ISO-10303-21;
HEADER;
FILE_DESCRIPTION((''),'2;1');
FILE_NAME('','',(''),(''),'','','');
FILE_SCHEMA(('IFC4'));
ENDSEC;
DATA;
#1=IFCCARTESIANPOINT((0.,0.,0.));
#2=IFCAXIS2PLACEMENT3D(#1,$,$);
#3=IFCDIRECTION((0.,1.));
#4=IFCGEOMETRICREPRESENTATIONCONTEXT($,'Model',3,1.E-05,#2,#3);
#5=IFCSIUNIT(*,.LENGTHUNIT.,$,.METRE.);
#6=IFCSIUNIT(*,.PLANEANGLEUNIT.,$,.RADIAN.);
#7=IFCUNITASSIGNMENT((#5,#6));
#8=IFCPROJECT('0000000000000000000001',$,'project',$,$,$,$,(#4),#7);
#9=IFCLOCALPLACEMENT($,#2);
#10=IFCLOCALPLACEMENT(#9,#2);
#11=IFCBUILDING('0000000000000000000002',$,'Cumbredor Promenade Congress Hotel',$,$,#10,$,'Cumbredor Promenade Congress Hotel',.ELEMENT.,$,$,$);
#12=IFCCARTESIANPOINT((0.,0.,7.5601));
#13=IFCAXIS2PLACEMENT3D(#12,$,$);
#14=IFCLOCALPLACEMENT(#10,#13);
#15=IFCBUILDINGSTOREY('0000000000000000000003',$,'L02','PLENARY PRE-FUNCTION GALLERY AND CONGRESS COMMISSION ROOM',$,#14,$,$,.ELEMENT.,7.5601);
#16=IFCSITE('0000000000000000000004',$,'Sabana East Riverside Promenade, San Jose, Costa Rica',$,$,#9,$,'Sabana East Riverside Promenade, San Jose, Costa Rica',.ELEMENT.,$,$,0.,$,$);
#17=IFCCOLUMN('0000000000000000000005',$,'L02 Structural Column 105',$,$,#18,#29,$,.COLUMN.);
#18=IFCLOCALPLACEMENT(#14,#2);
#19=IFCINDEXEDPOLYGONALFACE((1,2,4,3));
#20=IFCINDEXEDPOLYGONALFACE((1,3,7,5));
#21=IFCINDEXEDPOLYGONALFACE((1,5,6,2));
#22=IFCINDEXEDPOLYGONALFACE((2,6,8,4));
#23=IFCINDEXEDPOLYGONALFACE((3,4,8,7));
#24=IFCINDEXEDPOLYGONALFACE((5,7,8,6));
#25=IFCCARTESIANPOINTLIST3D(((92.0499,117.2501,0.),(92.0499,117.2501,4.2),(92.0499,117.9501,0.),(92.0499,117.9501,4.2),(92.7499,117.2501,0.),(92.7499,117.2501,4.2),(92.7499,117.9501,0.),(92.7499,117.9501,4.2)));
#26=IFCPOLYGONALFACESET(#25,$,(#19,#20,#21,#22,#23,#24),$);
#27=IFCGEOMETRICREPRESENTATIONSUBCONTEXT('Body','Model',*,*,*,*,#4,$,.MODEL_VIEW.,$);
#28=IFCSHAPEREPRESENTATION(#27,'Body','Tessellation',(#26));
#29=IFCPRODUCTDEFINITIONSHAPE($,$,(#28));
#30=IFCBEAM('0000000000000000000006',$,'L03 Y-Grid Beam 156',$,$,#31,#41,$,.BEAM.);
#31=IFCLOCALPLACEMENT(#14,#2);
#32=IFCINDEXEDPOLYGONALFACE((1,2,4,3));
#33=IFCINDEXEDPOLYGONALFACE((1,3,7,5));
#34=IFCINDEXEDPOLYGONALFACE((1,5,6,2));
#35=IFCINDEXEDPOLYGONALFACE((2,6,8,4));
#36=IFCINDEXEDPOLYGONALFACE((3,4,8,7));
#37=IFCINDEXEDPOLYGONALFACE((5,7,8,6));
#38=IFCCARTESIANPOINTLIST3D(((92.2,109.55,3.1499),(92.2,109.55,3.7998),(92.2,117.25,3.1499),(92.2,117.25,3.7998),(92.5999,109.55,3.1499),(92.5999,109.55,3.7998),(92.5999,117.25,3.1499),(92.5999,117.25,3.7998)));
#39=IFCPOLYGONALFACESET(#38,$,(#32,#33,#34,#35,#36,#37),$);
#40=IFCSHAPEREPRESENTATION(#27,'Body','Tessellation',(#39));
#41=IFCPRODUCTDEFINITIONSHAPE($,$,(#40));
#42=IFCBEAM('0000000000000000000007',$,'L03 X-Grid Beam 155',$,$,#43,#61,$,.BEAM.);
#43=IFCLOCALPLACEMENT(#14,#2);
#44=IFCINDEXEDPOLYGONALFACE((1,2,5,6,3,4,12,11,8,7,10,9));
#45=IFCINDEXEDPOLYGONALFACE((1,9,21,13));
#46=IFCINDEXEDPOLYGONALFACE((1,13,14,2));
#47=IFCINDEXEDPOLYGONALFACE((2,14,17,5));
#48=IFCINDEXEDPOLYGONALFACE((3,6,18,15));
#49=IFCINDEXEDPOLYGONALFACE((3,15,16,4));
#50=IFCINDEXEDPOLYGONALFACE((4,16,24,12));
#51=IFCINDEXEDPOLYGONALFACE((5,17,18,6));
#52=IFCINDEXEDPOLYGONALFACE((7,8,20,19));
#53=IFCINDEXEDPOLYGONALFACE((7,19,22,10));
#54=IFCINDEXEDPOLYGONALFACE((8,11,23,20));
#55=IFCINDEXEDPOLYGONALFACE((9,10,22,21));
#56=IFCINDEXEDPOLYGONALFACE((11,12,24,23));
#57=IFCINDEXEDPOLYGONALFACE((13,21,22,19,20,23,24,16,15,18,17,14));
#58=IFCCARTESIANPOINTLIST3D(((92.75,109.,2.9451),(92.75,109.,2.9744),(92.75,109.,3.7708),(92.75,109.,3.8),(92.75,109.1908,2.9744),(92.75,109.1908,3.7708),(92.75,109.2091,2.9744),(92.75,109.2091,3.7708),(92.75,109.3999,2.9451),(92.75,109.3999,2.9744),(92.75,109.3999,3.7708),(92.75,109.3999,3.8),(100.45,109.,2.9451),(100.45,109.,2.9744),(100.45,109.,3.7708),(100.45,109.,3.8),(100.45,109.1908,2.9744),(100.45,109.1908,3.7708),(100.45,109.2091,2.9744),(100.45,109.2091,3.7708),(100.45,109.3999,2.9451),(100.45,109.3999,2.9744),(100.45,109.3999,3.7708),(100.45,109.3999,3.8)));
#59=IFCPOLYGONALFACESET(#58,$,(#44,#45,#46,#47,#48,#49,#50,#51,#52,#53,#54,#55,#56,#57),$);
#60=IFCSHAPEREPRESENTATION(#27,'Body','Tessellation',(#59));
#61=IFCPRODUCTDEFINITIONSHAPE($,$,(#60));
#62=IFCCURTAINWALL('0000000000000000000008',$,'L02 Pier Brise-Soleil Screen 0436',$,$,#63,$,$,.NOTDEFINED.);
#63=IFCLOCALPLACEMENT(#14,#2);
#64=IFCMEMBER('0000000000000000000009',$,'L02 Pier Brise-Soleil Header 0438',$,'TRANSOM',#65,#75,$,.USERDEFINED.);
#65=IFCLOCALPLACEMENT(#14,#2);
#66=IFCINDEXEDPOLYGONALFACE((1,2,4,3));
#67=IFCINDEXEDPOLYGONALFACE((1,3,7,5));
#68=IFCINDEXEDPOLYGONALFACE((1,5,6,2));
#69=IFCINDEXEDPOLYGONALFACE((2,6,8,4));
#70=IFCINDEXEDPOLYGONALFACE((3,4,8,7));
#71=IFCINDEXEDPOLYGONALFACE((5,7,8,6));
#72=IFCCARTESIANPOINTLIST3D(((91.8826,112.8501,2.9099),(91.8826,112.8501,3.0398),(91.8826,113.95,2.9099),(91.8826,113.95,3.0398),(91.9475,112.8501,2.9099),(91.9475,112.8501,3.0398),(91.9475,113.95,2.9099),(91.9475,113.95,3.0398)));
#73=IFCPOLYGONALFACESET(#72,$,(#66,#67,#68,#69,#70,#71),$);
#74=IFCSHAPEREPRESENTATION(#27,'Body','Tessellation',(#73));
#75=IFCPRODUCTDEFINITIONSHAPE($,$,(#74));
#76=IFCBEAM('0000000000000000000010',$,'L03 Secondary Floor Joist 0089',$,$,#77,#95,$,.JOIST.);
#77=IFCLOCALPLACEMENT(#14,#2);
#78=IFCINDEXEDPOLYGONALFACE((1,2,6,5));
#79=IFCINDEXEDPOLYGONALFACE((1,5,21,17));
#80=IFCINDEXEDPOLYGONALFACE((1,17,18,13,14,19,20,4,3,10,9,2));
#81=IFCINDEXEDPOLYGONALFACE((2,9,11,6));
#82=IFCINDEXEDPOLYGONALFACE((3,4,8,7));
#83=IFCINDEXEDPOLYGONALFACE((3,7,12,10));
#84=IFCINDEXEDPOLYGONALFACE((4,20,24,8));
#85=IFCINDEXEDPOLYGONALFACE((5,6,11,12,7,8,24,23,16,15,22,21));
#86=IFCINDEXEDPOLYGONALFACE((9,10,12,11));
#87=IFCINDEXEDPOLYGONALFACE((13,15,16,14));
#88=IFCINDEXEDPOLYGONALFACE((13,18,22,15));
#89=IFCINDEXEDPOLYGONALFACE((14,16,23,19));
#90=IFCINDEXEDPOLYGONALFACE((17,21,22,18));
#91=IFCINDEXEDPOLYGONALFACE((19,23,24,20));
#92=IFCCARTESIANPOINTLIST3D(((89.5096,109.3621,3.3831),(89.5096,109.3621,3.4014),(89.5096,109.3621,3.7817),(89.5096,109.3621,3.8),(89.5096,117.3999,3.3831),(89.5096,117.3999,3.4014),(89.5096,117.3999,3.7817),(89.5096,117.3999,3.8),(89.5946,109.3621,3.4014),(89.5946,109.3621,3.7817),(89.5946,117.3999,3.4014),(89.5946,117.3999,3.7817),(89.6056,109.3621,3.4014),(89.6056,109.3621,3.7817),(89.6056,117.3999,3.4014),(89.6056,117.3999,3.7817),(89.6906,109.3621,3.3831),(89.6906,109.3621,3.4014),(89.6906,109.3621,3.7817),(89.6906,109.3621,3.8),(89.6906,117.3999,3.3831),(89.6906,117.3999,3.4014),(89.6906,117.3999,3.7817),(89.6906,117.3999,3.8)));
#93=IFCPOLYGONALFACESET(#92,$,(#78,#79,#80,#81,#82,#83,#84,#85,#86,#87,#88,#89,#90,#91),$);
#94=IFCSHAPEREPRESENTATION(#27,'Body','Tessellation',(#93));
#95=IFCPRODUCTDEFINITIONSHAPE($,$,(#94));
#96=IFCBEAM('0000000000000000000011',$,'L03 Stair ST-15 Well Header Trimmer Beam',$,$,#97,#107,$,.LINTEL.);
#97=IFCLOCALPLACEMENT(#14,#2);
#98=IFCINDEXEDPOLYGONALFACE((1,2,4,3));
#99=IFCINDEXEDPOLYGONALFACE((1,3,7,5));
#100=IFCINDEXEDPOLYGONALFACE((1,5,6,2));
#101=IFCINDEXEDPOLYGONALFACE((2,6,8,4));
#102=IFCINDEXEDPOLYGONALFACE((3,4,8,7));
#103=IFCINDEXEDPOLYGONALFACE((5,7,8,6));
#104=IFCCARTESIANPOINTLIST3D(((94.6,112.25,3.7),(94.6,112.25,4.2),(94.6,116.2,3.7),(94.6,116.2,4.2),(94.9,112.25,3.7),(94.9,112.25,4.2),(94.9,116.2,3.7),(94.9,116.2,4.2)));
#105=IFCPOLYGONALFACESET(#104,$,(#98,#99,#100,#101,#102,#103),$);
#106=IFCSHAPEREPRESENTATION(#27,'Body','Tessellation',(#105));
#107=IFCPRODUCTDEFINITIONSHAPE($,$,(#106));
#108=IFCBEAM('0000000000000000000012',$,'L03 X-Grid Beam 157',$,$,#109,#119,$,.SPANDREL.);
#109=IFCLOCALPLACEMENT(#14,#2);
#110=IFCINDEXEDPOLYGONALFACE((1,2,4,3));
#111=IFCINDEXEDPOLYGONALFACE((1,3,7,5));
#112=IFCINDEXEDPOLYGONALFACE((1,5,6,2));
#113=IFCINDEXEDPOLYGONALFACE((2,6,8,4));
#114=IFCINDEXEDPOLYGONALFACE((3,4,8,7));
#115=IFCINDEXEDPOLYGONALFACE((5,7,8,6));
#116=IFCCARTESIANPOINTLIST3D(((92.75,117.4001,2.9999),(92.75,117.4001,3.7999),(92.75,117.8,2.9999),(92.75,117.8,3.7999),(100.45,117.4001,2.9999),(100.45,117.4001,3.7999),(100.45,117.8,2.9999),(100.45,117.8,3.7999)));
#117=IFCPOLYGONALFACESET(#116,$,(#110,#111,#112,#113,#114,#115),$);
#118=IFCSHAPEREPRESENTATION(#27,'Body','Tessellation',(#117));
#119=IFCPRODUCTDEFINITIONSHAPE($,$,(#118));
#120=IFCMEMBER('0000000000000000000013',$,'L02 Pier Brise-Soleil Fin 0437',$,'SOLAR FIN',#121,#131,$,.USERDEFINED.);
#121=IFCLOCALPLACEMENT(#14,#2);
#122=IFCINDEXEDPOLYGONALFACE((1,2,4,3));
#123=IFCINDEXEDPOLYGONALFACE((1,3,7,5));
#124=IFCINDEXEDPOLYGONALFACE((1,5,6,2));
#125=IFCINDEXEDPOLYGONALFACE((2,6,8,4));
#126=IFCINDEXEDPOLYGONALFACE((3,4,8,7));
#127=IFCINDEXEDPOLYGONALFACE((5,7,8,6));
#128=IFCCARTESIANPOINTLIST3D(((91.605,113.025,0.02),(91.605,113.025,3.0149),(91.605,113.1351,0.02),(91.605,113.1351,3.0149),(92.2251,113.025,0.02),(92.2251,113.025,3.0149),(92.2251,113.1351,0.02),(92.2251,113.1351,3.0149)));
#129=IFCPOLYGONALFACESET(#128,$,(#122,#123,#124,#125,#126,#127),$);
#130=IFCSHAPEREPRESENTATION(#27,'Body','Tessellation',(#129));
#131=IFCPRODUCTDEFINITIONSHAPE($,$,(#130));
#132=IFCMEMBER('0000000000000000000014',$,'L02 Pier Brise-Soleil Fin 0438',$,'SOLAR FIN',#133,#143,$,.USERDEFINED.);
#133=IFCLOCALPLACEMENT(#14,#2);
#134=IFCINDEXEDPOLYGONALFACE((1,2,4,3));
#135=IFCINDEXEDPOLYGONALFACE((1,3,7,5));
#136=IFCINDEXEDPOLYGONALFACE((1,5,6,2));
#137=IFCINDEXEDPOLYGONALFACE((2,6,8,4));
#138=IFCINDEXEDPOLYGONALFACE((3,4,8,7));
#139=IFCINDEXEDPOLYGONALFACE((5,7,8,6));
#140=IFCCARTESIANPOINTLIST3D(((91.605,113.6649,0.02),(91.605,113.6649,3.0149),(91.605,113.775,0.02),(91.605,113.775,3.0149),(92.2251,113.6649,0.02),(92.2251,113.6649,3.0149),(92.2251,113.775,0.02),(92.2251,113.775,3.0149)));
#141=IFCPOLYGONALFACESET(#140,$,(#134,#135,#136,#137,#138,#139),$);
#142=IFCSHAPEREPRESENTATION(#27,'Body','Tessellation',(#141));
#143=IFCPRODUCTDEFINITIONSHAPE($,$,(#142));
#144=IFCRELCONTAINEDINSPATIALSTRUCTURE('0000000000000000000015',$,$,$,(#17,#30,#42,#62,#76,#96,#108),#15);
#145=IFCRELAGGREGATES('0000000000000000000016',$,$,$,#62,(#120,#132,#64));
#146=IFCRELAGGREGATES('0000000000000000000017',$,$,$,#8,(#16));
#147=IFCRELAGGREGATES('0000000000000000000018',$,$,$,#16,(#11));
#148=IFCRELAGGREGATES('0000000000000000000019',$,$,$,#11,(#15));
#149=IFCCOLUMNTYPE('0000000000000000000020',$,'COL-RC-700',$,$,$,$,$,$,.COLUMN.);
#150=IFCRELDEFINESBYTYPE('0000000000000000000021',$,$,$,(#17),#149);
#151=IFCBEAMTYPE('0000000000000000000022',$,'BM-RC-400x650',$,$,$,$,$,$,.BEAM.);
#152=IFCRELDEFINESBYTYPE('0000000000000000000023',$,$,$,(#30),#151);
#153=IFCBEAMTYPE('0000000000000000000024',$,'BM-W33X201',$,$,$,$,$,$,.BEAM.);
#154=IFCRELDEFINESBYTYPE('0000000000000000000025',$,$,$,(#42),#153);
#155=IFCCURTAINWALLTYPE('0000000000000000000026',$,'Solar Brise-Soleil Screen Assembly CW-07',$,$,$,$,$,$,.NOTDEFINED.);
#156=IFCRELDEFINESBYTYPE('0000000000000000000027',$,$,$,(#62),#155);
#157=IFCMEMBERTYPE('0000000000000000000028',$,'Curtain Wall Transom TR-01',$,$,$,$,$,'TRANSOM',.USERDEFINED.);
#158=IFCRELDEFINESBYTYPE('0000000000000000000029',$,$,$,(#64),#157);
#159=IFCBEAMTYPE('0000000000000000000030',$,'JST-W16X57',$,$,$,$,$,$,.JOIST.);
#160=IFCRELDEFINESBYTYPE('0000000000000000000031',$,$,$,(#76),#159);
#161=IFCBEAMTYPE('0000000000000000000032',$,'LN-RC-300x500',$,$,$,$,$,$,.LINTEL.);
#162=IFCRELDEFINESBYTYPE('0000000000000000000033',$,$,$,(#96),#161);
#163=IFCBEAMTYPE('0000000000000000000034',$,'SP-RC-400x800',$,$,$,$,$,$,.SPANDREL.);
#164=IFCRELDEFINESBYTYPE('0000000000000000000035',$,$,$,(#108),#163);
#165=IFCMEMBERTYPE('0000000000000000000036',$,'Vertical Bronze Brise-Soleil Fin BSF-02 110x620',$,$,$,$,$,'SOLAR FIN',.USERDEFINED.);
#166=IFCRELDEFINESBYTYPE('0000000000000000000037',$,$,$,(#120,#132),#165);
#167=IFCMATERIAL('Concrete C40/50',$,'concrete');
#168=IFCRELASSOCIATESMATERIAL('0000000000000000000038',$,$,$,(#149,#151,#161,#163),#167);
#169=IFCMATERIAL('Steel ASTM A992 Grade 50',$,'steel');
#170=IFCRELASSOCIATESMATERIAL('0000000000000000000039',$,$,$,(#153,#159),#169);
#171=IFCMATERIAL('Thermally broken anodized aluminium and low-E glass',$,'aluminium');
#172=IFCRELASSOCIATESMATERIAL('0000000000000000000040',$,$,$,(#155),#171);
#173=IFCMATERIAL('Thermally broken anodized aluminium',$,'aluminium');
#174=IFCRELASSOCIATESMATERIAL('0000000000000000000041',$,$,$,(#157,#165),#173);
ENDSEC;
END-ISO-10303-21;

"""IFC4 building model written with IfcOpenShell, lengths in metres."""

from ifc_helpers import new_model, si_unit, direction, frame, origin, origin_2d, place, context, subcontext, project, spatial, rectangle, i_section, extrude, material, material_profile, profile_set, type_object, element, aggregate, save


model = new_model("IFC4")

# Units and contexts
model_context = context("Model", 3, precision=1e-05, world=origin(), true_north=direction((0.0, 1.0)))
body_context = subcontext(model_context, "Body", "Model", "MODEL_VIEW")
ifc_project = project(units=[si_unit("LENGTHUNIT", "METRE"), si_unit("PLANEANGLEUNIT", "RADIAN")], contexts=[model_context])

# Site, building, storey
site_placement = place(None, origin())
site = spatial("IfcSite", under=ifc_project, at=site_placement, Name="Sabana East Riverside Promenade, San Jose, Costa Rica", LongName="Sabana East Riverside Promenade, San Jose, Costa Rica", CompositionType="ELEMENT", RefElevation=0.0)
building_placement = place(site_placement, origin())
building = spatial("IfcBuilding", under=site, at=building_placement, Name="Cumbredor Promenade Congress Hotel", LongName="Cumbredor Promenade Congress Hotel", CompositionType="ELEMENT")
storey_placement = place(building_placement, frame((0.0, 0.0, 7.5601)))
storey = spatial("IfcBuildingStorey", under=building, at=storey_placement, Name="L02", Description="PLENARY PRE-FUNCTION GALLERY AND CONGRESS COMMISSION ROOM", CompositionType="ELEMENT", Elevation=7.5601)

# Column
ifc_material_1 = material(Name="Concrete C40/50", Category="concrete")
ifc_material_profile_1 = material_profile(ifc_material_1, rectangle(XDim=0.7, YDim=0.7, at=origin_2d()), Name="RC 700x700")
ifc_profile_set_1 = profile_set([ifc_material_profile_1], Name="Concrete C40/50")
column_type = type_object("IfcColumnType", Name="COL-RC-700", PredefinedType="COLUMN", material=ifc_profile_set_1)
column_placement = place(storey_placement, frame((92.3999, 117.6001, 0.0), z_axis=(0.0, 0.0, 1.0), x_axis=(1.0, 0.0, 0.0)))
element("IfcColumn", 1, at=column_placement, inside=storey, type_object=column_type, Name="L02 Structural Column 105", PredefinedType="COLUMN", context=body_context, shape_type="SweptSolid", body=[
    extrude(rectangle(XDim=0.7, YDim=0.7, at=origin_2d()), origin(), (0.0, 0.0, 1.0), 4.2),
])

# Beams
ifc_material_profile_2 = material_profile(ifc_material_1, rectangle(XDim=0.3999, YDim=0.6499, at=origin_2d()), Name="RC BEAM 400x650")
ifc_profile_set_2 = profile_set([ifc_material_profile_2], Name="Concrete C40/50")
beam_type_1 = type_object("IfcBeamType", Name="BM-RC-400x650", PredefinedType="BEAM", material=ifc_profile_set_2)
beam_1_placement = place(storey_placement, frame((92.3999, 109.55, 3.4749), z_axis=(0.0, 1.0, 0.0), x_axis=(-1.0, 0.0, 0.0)))
element("IfcBeam", 2, at=beam_1_placement, inside=storey, type_object=beam_type_1, Name="L03 Y-Grid Beam 156", PredefinedType="BEAM", context=body_context, shape_type="SweptSolid", body=[
    extrude(rectangle(XDim=0.3999, YDim=0.6499, at=origin_2d()), origin(), (0.0, 0.0, 1.0), 7.7),
])
ifc_material_2 = material(Name="Steel ASTM A992 Grade 50", Category="steel")
ifc_material_profile_3 = material_profile(ifc_material_2, i_section(OverallWidth=0.3999, OverallDepth=0.855, WebThickness=0.0183, FlangeThickness=0.0293, at=origin_2d()), Name="W33X201")
ifc_profile_set_3 = profile_set([ifc_material_profile_3], Name="Steel ASTM A992 Grade 50")
beam_type_2 = type_object("IfcBeamType", Name="BM-W33X201", PredefinedType="BEAM", material=ifc_profile_set_3)
beam_2_placement = place(storey_placement, frame((92.75, 109.2, 3.3726), z_axis=(1.0, 0.0, 0.0), x_axis=(0.0, 1.0, 0.0)))
element("IfcBeam", 3, at=beam_2_placement, inside=storey, type_object=beam_type_2, Name="L03 X-Grid Beam 155", PredefinedType="BEAM", context=body_context, shape_type="SweptSolid", body=[
    extrude(i_section(OverallWidth=0.3999, OverallDepth=0.855, WebThickness=0.0183, FlangeThickness=0.0293, at=origin_2d()), origin(), (0.0, 0.0, 1.0), 7.7),
])

# Curtain wall, member
ifc_material_3 = material(Name="Thermally broken anodized aluminium and low-E glass", Category="aluminium")
curtain_wall_type = type_object("IfcCurtainWallType", Name="Solar Brise-Soleil Screen Assembly CW-07", PredefinedType="NOTDEFINED", material=ifc_material_3)
curtain_wall_placement = place(storey_placement, origin())
curtain_wall = element("IfcCurtainWall", 4, at=curtain_wall_placement, inside=storey, type_object=curtain_wall_type, Name="L02 Pier Brise-Soleil Screen 0436", PredefinedType="NOTDEFINED")
ifc_material_4 = material(Name="Thermally broken anodized aluminium", Category="aluminium")
ifc_material_profile_4 = material_profile(ifc_material_4, rectangle(XDim=0.0649, YDim=0.1299, at=origin_2d()), Name="ALU TRANSOM 65x130")
ifc_profile_set_4 = profile_set([ifc_material_profile_4], Name="Thermally broken anodized aluminium")
member_type_1 = type_object("IfcMemberType", Name="Curtain Wall Transom TR-01", ElementType="TRANSOM", PredefinedType="USERDEFINED", material=ifc_profile_set_4)
member_1_placement = place(storey_placement, frame((91.915, 112.8501, 2.9749), z_axis=(0.0, 1.0, 0.0), x_axis=(-1.0, 0.0, 0.0)))
member_1 = element("IfcMember", 5, at=member_1_placement, type_object=member_type_1, Name="L02 Pier Brise-Soleil Header 0438", ObjectType="TRANSOM", PredefinedType="USERDEFINED", context=body_context, shape_type="SweptSolid", body=[
    extrude(rectangle(XDim=0.0649, YDim=0.1299, at=origin_2d()), origin(), (0.0, 0.0, 1.0), 1.0999),
])

# Beams
ifc_material_profile_5 = material_profile(ifc_material_2, i_section(OverallWidth=0.1809, OverallDepth=0.417, WebThickness=0.011, FlangeThickness=0.0183, at=origin_2d()), Name="W16X57")
ifc_profile_set_5 = profile_set([ifc_material_profile_5], Name="Steel ASTM A992 Grade 50")
beam_type_3 = type_object("IfcBeamType", Name="JST-W16X57", PredefinedType="JOIST", material=ifc_profile_set_5)
beam_3_placement = place(storey_placement, frame((89.6001, 109.3621, 3.5916), z_axis=(0.0, 1.0, 0.0), x_axis=(-1.0, 0.0, 0.0)))
element("IfcBeam", 6, at=beam_3_placement, inside=storey, type_object=beam_type_3, Name="L03 Secondary Floor Joist 0089", PredefinedType="JOIST", context=body_context, shape_type="SweptSolid", body=[
    extrude(i_section(OverallWidth=0.1809, OverallDepth=0.417, WebThickness=0.011, FlangeThickness=0.0183, at=origin_2d()), origin(), (0.0, 0.0, 1.0), 8.0378),
])
ifc_material_profile_6 = material_profile(ifc_material_1, rectangle(XDim=0.3, YDim=0.5, at=origin_2d()), Name="RC LINTEL 300x500")
ifc_profile_set_6 = profile_set([ifc_material_profile_6], Name="Concrete C40/50")
beam_type_4 = type_object("IfcBeamType", Name="LN-RC-300x500", PredefinedType="LINTEL", material=ifc_profile_set_6)
beam_4_placement = place(storey_placement, frame((94.75, 112.25, 3.95), z_axis=(0.0, 1.0, 0.0), x_axis=(-1.0, 0.0, 0.0)))
element("IfcBeam", 7, at=beam_4_placement, inside=storey, type_object=beam_type_4, Name="L03 Stair ST-15 Well Header Trimmer Beam", PredefinedType="LINTEL", context=body_context, shape_type="SweptSolid", body=[
    extrude(rectangle(XDim=0.3, YDim=0.5, at=origin_2d()), origin(), (0.0, 0.0, 1.0), 3.95),
])
ifc_material_profile_7 = material_profile(ifc_material_1, rectangle(XDim=0.3999, YDim=0.8, at=origin_2d()), Name="RC SPANDREL 400x800")
ifc_profile_set_7 = profile_set([ifc_material_profile_7], Name="Concrete C40/50")
beam_type_5 = type_object("IfcBeamType", Name="SP-RC-400x800", PredefinedType="SPANDREL", material=ifc_profile_set_7)
beam_5_placement = place(storey_placement, frame((92.75, 117.6001, 3.3999), z_axis=(1.0, 0.0, 0.0), x_axis=(0.0, 1.0, 0.0)))
element("IfcBeam", 8, at=beam_5_placement, inside=storey, type_object=beam_type_5, Name="L03 X-Grid Beam 157", PredefinedType="SPANDREL", context=body_context, shape_type="SweptSolid", body=[
    extrude(rectangle(XDim=0.3999, YDim=0.8, at=origin_2d()), origin(), (0.0, 0.0, 1.0), 7.7),
])

# Members
ifc_material_profile_8 = material_profile(ifc_material_4, rectangle(XDim=0.1101, YDim=0.6201, at=origin_2d()), Name="ARCH FIN 110x620")
ifc_profile_set_8 = profile_set([ifc_material_profile_8], Name="Thermally broken anodized aluminium")
member_type_2 = type_object("IfcMemberType", Name="Vertical Bronze Brise-Soleil Fin BSF-02 110x620", ElementType="SOLAR FIN", PredefinedType="USERDEFINED", material=ifc_profile_set_8)
member_2_placement = place(storey_placement, frame((91.915, 113.0801, 0.02), z_axis=(0.0, 0.0, 1.0), x_axis=(0.0, 1.0, 0.0)))
member_2 = element("IfcMember", 9, at=member_2_placement, type_object=member_type_2, Name="L02 Pier Brise-Soleil Fin 0437", ObjectType="SOLAR FIN", PredefinedType="USERDEFINED", context=body_context, shape_type="SweptSolid", body=[
    extrude(rectangle(XDim=0.1101, YDim=0.6201, at=origin_2d()), origin(), (0.0, 0.0, 1.0), 2.9949),
])
member_3_placement = place(storey_placement, frame((91.915, 113.72, 0.02), z_axis=(0.0, 0.0, 1.0), x_axis=(0.0, 1.0, 0.0)))
member_3 = element("IfcMember", 10, at=member_3_placement, type_object=member_type_2, Name="L02 Pier Brise-Soleil Fin 0438", ObjectType="SOLAR FIN", PredefinedType="USERDEFINED", context=body_context, shape_type="SweptSolid", body=[
    extrude(rectangle(XDim=0.1101, YDim=0.6201, at=origin_2d()), origin(), (0.0, 0.0, 1.0), 2.9949),
])
aggregate(curtain_wall, [member_2, member_3, member_1])

save(model, "model.ifc")
